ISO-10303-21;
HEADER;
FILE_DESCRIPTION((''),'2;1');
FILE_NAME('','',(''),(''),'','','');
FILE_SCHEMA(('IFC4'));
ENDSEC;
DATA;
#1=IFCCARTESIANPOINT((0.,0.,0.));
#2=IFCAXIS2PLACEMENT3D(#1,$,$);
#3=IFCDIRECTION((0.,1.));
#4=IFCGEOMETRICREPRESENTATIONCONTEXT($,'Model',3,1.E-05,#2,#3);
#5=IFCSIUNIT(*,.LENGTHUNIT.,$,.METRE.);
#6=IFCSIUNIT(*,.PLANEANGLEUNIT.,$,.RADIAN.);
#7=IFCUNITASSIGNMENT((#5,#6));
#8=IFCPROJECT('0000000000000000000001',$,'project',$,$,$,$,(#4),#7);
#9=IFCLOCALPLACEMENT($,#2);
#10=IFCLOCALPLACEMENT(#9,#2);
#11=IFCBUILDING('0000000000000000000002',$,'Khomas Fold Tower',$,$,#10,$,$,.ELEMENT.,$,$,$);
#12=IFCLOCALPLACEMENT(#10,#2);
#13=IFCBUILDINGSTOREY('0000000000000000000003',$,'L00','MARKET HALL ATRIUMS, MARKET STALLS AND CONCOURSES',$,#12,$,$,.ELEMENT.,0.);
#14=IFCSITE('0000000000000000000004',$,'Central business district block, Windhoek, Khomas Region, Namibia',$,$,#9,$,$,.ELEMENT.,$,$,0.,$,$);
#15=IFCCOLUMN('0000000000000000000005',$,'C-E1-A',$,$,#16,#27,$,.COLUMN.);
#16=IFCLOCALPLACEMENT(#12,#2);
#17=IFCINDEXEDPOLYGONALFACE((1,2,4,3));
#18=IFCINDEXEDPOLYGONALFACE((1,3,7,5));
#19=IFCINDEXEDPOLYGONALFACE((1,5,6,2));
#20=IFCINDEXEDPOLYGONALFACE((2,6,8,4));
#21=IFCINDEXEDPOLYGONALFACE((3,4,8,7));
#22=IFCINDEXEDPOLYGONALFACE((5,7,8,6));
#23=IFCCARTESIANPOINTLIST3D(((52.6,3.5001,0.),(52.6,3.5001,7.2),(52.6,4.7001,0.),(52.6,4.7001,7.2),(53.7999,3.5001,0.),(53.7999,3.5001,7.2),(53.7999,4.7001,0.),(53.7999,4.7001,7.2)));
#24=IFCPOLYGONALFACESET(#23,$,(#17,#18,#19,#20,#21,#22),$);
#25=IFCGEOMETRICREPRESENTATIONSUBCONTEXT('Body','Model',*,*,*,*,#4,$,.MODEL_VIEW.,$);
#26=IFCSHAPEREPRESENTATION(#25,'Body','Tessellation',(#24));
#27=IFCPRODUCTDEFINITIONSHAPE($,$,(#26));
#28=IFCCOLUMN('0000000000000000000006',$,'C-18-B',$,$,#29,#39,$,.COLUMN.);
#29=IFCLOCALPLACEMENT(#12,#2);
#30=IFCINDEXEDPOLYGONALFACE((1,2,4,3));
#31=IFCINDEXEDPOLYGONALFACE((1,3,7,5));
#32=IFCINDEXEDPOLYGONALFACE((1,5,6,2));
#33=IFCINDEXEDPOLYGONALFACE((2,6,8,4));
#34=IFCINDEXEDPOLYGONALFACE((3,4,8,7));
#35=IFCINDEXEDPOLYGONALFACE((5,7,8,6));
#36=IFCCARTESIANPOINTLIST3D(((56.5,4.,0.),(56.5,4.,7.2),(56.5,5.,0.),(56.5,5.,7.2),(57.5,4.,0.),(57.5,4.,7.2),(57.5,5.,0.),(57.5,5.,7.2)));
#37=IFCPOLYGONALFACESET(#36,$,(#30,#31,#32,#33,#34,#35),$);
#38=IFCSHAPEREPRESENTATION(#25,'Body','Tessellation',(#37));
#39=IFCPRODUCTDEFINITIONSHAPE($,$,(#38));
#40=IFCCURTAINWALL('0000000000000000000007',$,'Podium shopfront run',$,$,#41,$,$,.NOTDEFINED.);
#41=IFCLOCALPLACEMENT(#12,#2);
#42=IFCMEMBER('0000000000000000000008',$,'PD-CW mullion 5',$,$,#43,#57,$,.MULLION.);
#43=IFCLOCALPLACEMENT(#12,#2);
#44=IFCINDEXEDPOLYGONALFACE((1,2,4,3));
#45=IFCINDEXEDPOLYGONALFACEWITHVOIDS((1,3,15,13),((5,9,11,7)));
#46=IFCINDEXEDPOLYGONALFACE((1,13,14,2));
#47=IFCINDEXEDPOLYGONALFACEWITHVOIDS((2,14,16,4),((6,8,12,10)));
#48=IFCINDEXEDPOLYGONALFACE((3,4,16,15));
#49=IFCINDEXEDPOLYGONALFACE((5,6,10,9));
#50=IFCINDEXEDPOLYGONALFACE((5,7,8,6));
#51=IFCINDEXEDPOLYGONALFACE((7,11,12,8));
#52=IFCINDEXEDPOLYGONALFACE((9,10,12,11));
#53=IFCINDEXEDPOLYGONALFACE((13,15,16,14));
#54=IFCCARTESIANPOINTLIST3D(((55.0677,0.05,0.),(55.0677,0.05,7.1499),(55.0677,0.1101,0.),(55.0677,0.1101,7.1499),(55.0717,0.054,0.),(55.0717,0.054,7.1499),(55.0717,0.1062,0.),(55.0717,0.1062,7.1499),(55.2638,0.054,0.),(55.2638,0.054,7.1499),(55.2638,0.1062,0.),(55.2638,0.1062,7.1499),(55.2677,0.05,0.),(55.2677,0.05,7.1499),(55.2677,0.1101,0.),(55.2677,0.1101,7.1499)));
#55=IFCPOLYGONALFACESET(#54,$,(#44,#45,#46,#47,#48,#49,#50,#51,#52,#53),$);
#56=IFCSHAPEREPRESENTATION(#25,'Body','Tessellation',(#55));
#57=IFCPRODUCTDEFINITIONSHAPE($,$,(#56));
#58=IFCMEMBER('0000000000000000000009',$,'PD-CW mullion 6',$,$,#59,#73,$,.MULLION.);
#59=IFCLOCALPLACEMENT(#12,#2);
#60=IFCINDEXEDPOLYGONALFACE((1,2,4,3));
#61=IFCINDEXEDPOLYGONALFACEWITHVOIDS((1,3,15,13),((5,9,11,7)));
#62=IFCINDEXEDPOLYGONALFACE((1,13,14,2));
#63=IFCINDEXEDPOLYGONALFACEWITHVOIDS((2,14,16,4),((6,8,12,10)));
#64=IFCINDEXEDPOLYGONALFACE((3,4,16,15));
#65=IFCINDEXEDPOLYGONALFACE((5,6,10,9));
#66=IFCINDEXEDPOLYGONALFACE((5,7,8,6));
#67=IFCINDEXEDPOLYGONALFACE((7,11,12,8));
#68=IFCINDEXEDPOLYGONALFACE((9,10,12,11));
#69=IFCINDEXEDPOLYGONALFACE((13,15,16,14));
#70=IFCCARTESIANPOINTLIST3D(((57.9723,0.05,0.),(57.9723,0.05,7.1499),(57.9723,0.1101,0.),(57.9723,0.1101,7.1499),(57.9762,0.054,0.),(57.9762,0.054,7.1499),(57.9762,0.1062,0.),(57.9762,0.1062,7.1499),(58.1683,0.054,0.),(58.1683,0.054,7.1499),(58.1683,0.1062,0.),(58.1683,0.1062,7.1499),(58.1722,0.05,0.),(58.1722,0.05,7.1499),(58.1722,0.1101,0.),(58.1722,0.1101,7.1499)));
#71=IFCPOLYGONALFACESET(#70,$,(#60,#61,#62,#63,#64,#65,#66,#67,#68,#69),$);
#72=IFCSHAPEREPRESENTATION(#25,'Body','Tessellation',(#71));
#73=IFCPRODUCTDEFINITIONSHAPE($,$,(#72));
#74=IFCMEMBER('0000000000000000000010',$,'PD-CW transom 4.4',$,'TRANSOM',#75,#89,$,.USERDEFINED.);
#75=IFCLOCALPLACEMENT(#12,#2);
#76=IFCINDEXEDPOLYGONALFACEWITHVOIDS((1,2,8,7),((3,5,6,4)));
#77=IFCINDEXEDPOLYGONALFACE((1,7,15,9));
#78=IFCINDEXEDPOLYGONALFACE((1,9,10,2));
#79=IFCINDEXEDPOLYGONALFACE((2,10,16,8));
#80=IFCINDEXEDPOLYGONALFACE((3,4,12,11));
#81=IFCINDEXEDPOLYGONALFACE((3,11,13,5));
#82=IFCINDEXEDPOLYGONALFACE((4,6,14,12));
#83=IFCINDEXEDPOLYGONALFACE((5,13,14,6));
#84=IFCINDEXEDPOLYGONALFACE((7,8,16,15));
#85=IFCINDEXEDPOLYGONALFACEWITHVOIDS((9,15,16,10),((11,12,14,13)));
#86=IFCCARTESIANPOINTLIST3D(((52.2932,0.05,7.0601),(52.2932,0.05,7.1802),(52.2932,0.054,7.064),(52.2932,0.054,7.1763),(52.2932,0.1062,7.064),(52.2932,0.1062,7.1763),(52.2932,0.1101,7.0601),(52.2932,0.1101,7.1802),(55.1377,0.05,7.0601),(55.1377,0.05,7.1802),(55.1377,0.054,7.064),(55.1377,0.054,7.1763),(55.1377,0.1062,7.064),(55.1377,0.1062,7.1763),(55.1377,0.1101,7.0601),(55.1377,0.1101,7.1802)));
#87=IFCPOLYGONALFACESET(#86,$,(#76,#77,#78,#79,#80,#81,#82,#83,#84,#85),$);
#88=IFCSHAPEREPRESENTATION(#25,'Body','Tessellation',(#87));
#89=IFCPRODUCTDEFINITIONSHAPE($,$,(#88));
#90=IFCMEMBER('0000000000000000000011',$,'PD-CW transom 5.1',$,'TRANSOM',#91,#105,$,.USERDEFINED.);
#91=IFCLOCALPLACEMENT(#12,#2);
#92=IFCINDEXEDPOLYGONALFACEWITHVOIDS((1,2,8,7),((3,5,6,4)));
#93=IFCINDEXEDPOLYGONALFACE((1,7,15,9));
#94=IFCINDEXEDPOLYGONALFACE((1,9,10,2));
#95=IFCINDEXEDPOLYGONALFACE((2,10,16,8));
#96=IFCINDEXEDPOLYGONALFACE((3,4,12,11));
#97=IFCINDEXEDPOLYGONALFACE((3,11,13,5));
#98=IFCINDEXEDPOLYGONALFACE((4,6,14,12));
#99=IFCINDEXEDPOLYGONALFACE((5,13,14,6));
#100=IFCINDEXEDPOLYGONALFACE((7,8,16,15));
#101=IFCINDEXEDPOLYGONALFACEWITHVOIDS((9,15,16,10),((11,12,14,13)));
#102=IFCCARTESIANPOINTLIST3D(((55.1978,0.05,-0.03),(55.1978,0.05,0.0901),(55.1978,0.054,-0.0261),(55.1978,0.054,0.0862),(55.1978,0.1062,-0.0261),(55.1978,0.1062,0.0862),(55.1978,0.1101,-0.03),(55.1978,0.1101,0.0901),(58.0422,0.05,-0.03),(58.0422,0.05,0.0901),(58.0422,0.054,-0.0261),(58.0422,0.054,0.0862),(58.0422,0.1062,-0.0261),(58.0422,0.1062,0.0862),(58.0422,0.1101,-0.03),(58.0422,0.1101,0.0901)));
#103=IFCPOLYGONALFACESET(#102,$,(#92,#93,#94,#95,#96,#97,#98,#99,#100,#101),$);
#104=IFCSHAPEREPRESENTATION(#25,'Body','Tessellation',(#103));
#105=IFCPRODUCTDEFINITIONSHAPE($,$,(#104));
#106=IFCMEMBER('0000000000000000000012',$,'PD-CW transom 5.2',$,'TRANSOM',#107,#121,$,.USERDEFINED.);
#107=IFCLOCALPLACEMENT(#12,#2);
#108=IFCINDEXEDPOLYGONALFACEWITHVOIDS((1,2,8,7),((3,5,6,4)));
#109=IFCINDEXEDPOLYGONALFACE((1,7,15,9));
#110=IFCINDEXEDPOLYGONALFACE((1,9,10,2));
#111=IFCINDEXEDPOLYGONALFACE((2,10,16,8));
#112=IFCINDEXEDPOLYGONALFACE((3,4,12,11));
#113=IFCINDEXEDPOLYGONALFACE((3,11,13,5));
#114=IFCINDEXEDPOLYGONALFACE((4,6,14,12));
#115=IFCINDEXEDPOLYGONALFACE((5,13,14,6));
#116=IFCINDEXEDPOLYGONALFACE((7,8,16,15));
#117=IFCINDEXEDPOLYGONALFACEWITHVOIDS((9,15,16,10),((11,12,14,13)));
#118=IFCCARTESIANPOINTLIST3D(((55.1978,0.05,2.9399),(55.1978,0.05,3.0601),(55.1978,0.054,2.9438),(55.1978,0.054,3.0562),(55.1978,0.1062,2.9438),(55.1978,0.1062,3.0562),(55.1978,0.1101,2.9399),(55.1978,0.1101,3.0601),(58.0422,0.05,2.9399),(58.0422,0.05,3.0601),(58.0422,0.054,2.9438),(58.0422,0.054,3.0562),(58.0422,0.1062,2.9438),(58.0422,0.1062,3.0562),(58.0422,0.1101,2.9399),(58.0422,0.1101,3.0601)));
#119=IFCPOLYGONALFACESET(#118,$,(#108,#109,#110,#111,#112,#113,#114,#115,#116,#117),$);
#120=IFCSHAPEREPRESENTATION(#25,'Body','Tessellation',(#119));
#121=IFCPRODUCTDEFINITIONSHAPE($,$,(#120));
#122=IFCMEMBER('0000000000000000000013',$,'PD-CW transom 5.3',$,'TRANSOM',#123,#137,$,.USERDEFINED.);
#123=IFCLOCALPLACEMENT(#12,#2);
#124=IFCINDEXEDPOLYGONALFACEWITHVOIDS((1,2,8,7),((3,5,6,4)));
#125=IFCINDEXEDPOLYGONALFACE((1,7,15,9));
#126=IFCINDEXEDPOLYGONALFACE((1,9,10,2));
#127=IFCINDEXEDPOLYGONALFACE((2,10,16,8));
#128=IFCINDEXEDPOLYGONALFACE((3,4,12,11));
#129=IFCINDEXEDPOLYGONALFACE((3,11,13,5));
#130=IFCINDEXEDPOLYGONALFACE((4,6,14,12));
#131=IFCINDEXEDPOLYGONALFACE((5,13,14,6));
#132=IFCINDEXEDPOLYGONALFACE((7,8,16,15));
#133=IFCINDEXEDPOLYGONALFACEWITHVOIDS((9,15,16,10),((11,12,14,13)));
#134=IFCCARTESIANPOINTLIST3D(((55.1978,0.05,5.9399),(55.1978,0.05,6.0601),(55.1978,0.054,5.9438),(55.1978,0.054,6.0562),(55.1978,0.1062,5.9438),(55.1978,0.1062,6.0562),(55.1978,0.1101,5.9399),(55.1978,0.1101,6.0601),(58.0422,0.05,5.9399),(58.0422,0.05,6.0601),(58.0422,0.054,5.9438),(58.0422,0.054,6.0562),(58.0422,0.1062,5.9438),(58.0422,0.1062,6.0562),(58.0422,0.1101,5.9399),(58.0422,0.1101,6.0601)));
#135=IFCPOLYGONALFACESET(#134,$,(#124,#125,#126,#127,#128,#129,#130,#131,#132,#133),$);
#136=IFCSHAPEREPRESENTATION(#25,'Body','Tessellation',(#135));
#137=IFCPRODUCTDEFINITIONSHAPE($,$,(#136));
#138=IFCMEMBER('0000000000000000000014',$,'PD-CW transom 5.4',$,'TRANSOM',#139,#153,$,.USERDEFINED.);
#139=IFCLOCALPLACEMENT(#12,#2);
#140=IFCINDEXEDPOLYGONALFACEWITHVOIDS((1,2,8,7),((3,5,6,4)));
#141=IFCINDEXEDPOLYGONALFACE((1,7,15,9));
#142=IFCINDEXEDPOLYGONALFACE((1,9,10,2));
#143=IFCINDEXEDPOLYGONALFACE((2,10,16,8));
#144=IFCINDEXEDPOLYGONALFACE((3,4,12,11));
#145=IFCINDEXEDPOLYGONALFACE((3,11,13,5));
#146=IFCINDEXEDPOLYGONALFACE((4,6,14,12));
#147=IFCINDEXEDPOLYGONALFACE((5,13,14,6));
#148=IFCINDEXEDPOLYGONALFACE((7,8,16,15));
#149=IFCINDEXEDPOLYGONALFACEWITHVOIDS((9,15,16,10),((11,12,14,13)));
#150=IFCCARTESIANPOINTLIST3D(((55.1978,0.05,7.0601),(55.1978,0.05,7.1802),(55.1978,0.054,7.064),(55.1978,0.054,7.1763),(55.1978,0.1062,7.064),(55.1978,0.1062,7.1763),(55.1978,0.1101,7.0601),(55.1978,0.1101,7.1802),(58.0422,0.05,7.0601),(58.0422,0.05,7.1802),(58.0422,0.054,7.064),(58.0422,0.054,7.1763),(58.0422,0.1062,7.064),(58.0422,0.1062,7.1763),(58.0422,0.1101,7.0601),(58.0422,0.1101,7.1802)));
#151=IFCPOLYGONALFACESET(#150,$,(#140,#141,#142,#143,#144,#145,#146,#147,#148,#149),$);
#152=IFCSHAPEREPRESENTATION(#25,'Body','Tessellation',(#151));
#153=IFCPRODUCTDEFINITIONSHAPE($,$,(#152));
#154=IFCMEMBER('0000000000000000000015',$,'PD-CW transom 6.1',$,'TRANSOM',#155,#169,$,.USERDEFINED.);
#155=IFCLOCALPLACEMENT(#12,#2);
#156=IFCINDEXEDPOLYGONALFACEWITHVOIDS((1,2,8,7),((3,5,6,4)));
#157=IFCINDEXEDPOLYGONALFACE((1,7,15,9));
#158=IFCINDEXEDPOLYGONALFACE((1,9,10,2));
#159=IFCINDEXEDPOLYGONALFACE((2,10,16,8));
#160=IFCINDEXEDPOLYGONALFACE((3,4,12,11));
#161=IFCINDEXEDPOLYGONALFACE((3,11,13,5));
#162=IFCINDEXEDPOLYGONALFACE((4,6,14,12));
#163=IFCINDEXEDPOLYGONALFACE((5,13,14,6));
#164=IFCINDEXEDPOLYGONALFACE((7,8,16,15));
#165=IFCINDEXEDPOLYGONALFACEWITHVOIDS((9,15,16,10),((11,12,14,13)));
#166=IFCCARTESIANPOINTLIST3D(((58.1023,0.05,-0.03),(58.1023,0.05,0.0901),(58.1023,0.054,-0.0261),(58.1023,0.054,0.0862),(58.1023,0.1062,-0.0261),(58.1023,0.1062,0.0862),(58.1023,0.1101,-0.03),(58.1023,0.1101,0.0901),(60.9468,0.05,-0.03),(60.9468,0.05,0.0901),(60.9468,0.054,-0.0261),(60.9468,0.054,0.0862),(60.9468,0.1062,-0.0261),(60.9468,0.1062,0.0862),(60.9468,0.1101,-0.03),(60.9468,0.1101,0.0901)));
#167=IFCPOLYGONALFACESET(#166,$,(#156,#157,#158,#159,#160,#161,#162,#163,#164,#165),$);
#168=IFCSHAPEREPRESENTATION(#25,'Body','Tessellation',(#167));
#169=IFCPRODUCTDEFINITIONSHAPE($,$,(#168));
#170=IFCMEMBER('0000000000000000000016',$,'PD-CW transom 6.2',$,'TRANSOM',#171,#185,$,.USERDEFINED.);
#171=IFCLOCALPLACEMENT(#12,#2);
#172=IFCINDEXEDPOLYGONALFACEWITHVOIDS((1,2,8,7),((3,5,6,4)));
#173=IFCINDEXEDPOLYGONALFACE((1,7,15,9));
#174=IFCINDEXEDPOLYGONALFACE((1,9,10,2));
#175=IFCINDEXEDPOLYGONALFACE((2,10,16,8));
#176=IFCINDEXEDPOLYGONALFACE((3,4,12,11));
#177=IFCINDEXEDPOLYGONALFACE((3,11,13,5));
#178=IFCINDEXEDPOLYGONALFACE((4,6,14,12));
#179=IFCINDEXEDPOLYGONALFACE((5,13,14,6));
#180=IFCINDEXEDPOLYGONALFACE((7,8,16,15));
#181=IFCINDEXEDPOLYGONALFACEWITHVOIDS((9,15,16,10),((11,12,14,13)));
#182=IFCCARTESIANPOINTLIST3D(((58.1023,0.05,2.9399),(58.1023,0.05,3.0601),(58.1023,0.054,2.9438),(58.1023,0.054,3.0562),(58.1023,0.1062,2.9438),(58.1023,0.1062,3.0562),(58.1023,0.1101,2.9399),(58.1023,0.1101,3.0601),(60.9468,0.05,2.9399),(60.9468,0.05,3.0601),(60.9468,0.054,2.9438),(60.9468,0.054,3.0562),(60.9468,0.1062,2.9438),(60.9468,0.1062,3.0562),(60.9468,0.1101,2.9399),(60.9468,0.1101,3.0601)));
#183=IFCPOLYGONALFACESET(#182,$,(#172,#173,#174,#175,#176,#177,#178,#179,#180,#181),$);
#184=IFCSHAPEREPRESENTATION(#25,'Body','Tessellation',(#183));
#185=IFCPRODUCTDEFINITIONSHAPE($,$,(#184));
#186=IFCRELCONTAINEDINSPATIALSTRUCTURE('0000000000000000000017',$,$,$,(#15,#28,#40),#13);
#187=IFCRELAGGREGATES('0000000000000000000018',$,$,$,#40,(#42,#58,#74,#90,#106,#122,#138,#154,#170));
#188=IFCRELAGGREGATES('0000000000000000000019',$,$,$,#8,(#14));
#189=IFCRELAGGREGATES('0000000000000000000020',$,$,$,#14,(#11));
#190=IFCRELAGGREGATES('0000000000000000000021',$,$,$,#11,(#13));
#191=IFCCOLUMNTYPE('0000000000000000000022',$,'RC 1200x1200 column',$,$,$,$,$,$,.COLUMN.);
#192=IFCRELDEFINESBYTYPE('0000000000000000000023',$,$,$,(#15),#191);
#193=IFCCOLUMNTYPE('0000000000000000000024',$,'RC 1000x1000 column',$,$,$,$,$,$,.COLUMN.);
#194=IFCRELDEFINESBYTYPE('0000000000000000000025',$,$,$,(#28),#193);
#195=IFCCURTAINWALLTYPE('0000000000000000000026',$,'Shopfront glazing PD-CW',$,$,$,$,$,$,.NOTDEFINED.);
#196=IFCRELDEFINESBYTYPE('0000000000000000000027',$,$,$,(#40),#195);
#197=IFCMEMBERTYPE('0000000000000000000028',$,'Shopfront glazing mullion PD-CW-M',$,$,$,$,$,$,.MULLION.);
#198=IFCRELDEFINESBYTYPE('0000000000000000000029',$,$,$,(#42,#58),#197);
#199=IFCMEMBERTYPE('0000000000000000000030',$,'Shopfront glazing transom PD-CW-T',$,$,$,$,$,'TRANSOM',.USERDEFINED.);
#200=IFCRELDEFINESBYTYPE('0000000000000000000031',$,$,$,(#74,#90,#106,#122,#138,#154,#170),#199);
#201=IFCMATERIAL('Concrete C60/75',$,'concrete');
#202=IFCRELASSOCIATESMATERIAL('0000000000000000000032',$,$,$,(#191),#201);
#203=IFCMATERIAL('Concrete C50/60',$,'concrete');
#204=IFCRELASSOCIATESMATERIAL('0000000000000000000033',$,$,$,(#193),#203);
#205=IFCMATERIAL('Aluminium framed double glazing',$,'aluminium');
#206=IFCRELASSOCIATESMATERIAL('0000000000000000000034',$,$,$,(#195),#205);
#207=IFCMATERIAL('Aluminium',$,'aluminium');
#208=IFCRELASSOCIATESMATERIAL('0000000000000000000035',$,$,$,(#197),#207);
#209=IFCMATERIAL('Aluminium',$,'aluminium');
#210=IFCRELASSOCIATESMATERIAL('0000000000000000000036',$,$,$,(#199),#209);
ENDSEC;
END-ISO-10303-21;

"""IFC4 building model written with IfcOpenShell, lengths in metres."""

from ifc_helpers import new_model, si_unit, direction, frame, origin, origin_2d, place, context, subcontext, project, spatial, rectangle, hollow_rectangle, extrude, source, transform, mapped, material, material_profile, profile_set, type_object, element, aggregate, save


model = new_model("IFC4")

# Units and contexts
model_context = context("Model", 3, precision=1e-05, world=origin(), true_north=direction((0.0, 1.0)))
body_context = subcontext(model_context, "Body", "Model", "MODEL_VIEW")
ifc_project = project(units=[si_unit("LENGTHUNIT", "METRE"), si_unit("PLANEANGLEUNIT", "RADIAN")], contexts=[model_context])

# Site, building, storey
site_placement = place(None, origin())
site = spatial("IfcSite", under=ifc_project, at=site_placement, Name="Central business district block, Windhoek, Khomas Region, Namibia", CompositionType="ELEMENT", RefElevation=0.0)
building_placement = place(site_placement, origin())
building = spatial("IfcBuilding", under=site, at=building_placement, Name="Khomas Fold Tower", CompositionType="ELEMENT")
storey_placement = place(building_placement, origin())
storey = spatial("IfcBuildingStorey", under=building, at=storey_placement, Name="L00", Description="MARKET HALL ATRIUMS, MARKET STALLS AND CONCOURSES", CompositionType="ELEMENT", Elevation=0.0)

# Columns
ifc_material_1 = material(Name="Concrete C60/75", Category="concrete")
ifc_material_profile_1 = material_profile(ifc_material_1, rectangle(XDim=1.2, YDim=1.2, at=origin_2d()), Name="RC 1200x1200")
ifc_profile_set_1 = profile_set([ifc_material_profile_1], Name="Concrete C60/75")
column_type_1 = type_object("IfcColumnType", Name="RC 1200x1200 column", PredefinedType="COLUMN", material=ifc_profile_set_1)
shared_shape_1 = source(origin(), body_context, "Body", "SweptSolid", [
    extrude(rectangle(XDim=1.2, YDim=1.2, at=origin_2d()), origin(), (0.0, 0.0, 1.0), 7.2),
])
column_1_placement = place(storey_placement, frame((53.2, 4.1001, 0.0), z_axis=(0.0, 0.0, 1.0), x_axis=(1.0, 0.0, 0.0)))
element("IfcColumn", 1, at=column_1_placement, inside=storey, type_object=column_type_1, Name="C-E1-A", PredefinedType="COLUMN", context=body_context, shape_type="MappedRepresentation", body=[
    mapped(shared_shape_1, transform((0.0, 0.0, 0.0))),
])
ifc_material_2 = material(Name="Concrete C50/60", Category="concrete")
ifc_material_profile_2 = material_profile(ifc_material_2, rectangle(XDim=1.0, YDim=1.0, at=origin_2d()), Name="RC 1000x1000")
ifc_profile_set_2 = profile_set([ifc_material_profile_2], Name="Concrete C50/60")
column_type_2 = type_object("IfcColumnType", Name="RC 1000x1000 column", PredefinedType="COLUMN", material=ifc_profile_set_2)
shared_shape_2 = source(origin(), body_context, "Body", "SweptSolid", [
    extrude(rectangle(XDim=1.0, YDim=1.0, at=origin_2d()), origin(), (0.0, 0.0, 1.0), 7.2),
])
column_2_placement = place(storey_placement, frame((57.0, 4.5, 0.0), z_axis=(0.0, 0.0, 1.0), x_axis=(1.0, 0.0, 0.0)))
element("IfcColumn", 2, at=column_2_placement, inside=storey, type_object=column_type_2, Name="C-18-B", PredefinedType="COLUMN", context=body_context, shape_type="MappedRepresentation", body=[
    mapped(shared_shape_2, transform((0.0, 0.0, 0.0))),
])

# Curtain wall, members
ifc_material_3 = material(Name="Aluminium framed double glazing", Category="aluminium")
curtain_wall_type = type_object("IfcCurtainWallType", Name="Shopfront glazing PD-CW", PredefinedType="NOTDEFINED", material=ifc_material_3)
curtain_wall_placement = place(storey_placement, origin())
curtain_wall = element("IfcCurtainWall", 3, at=curtain_wall_placement, inside=storey, type_object=curtain_wall_type, Name="Podium shopfront run", PredefinedType="NOTDEFINED")
ifc_material_4 = material(Name="Aluminium", Category="aluminium")
ifc_material_profile_3 = material_profile(ifc_material_4, hollow_rectangle(XDim=0.0601, YDim=0.2, WallThickness=0.0039, at=origin_2d()), Name="Shopfront glazing mullion PD-CW-M")
ifc_profile_set_3 = profile_set([ifc_material_profile_3], Name="Aluminium")
member_type_1 = type_object("IfcMemberType", Name="Shopfront glazing mullion PD-CW-M", PredefinedType="MULLION", material=ifc_profile_set_3)
shared_shape_3 = source(origin(), body_context, "Body", "SweptSolid", [
    extrude(hollow_rectangle(XDim=0.0601, YDim=0.2, WallThickness=0.0039, at=origin_2d()), origin(), (0.0, 0.0, 1.0), 7.1499),
])
member_1_placement = place(storey_placement, frame((55.1677, 0.0801, 0.0), z_axis=(0.0, 0.0, 1.0), x_axis=(0.0, 1.0, 0.0)))
member_1 = element("IfcMember", 4, at=member_1_placement, type_object=member_type_1, Name="PD-CW mullion 5", PredefinedType="MULLION", context=body_context, shape_type="MappedRepresentation", body=[
    mapped(shared_shape_3, transform((0.0, 0.0, 0.0))),
])
member_2_placement = place(storey_placement, frame((58.0723, 0.0801, 0.0), z_axis=(0.0, 0.0, 1.0), x_axis=(0.0, 1.0, 0.0)))
member_2 = element("IfcMember", 5, at=member_2_placement, type_object=member_type_1, Name="PD-CW mullion 6", PredefinedType="MULLION", context=body_context, shape_type="MappedRepresentation", body=[
    mapped(shared_shape_3, transform((0.0, 0.0, 0.0))),
])
ifc_material_5 = material(Name="Aluminium", Category="aluminium")
ifc_material_profile_4 = material_profile(ifc_material_5, hollow_rectangle(XDim=0.0601, YDim=0.1201, WallThickness=0.0039, at=origin_2d()), Name="Shopfront glazing transom PD-CW-T")
ifc_profile_set_4 = profile_set([ifc_material_profile_4], Name="Aluminium")
member_type_2 = type_object("IfcMemberType", Name="Shopfront glazing transom PD-CW-T", ElementType="TRANSOM", PredefinedType="USERDEFINED", material=ifc_profile_set_4)
shared_shape_4 = source(origin(), body_context, "Body", "SweptSolid", [
    extrude(hollow_rectangle(XDim=0.0601, YDim=0.1201, WallThickness=0.0039, at=origin_2d()), origin(), (0.0, 0.0, 1.0), 2.8445),
])
member_3_placement = place(storey_placement, frame((52.2932, 0.0801, 7.1201), z_axis=(1.0, 0.0, 0.0), x_axis=(0.0, 1.0, 0.0)))
member_3 = element("IfcMember", 6, at=member_3_placement, type_object=member_type_2, Name="PD-CW transom 4.4", ObjectType="TRANSOM", PredefinedType="USERDEFINED", context=body_context, shape_type="MappedRepresentation", body=[
    mapped(shared_shape_4, transform((0.0, 0.0, 0.0))),
])
member_4_placement = place(storey_placement, frame((55.1978, 0.0801, 0.03), z_axis=(1.0, 0.0, 0.0), x_axis=(0.0, 1.0, 0.0)))
member_4 = element("IfcMember", 7, at=member_4_placement, type_object=member_type_2, Name="PD-CW transom 5.1", ObjectType="TRANSOM", PredefinedType="USERDEFINED", context=body_context, shape_type="MappedRepresentation", body=[
    mapped(shared_shape_4, transform((0.0, 0.0, 0.0))),
])
member_5_placement = place(storey_placement, frame((55.1978, 0.0801, 3.0), z_axis=(1.0, 0.0, 0.0), x_axis=(0.0, 1.0, 0.0)))
member_5 = element("IfcMember", 8, at=member_5_placement, type_object=member_type_2, Name="PD-CW transom 5.2", ObjectType="TRANSOM", PredefinedType="USERDEFINED", context=body_context, shape_type="MappedRepresentation", body=[
    mapped(shared_shape_4, transform((0.0, 0.0, 0.0))),
])
member_6_placement = place(storey_placement, frame((55.1978, 0.0801, 6.0), z_axis=(1.0, 0.0, 0.0), x_axis=(0.0, 1.0, 0.0)))
member_6 = element("IfcMember", 9, at=member_6_placement, type_object=member_type_2, Name="PD-CW transom 5.3", ObjectType="TRANSOM", PredefinedType="USERDEFINED", context=body_context, shape_type="MappedRepresentation", body=[
    mapped(shared_shape_4, transform((0.0, 0.0, 0.0))),
])
member_7_placement = place(storey_placement, frame((55.1978, 0.0801, 7.1201), z_axis=(1.0, 0.0, 0.0), x_axis=(0.0, 1.0, 0.0)))
member_7 = element("IfcMember", 10, at=member_7_placement, type_object=member_type_2, Name="PD-CW transom 5.4", ObjectType="TRANSOM", PredefinedType="USERDEFINED", context=body_context, shape_type="MappedRepresentation", body=[
    mapped(shared_shape_4, transform((0.0, 0.0, 0.0))),
])
member_8_placement = place(storey_placement, frame((58.1023, 0.0801, 0.03), z_axis=(1.0, 0.0, 0.0), x_axis=(0.0, 1.0, 0.0)))
member_8 = element("IfcMember", 11, at=member_8_placement, type_object=member_type_2, Name="PD-CW transom 6.1", ObjectType="TRANSOM", PredefinedType="USERDEFINED", context=body_context, shape_type="MappedRepresentation", body=[
    mapped(shared_shape_4, transform((0.0, 0.0, 0.0))),
])
member_9_placement = place(storey_placement, frame((58.1023, 0.0801, 3.0), z_axis=(1.0, 0.0, 0.0), x_axis=(0.0, 1.0, 0.0)))
member_9 = element("IfcMember", 12, at=member_9_placement, type_object=member_type_2, Name="PD-CW transom 6.2", ObjectType="TRANSOM", PredefinedType="USERDEFINED", context=body_context, shape_type="MappedRepresentation", body=[
    mapped(shared_shape_4, transform((0.0, 0.0, 0.0))),
])
aggregate(curtain_wall, [member_1, member_2, member_3, member_4, member_5, member_6, member_7, member_8, member_9])

save(model, "model.ifc")
